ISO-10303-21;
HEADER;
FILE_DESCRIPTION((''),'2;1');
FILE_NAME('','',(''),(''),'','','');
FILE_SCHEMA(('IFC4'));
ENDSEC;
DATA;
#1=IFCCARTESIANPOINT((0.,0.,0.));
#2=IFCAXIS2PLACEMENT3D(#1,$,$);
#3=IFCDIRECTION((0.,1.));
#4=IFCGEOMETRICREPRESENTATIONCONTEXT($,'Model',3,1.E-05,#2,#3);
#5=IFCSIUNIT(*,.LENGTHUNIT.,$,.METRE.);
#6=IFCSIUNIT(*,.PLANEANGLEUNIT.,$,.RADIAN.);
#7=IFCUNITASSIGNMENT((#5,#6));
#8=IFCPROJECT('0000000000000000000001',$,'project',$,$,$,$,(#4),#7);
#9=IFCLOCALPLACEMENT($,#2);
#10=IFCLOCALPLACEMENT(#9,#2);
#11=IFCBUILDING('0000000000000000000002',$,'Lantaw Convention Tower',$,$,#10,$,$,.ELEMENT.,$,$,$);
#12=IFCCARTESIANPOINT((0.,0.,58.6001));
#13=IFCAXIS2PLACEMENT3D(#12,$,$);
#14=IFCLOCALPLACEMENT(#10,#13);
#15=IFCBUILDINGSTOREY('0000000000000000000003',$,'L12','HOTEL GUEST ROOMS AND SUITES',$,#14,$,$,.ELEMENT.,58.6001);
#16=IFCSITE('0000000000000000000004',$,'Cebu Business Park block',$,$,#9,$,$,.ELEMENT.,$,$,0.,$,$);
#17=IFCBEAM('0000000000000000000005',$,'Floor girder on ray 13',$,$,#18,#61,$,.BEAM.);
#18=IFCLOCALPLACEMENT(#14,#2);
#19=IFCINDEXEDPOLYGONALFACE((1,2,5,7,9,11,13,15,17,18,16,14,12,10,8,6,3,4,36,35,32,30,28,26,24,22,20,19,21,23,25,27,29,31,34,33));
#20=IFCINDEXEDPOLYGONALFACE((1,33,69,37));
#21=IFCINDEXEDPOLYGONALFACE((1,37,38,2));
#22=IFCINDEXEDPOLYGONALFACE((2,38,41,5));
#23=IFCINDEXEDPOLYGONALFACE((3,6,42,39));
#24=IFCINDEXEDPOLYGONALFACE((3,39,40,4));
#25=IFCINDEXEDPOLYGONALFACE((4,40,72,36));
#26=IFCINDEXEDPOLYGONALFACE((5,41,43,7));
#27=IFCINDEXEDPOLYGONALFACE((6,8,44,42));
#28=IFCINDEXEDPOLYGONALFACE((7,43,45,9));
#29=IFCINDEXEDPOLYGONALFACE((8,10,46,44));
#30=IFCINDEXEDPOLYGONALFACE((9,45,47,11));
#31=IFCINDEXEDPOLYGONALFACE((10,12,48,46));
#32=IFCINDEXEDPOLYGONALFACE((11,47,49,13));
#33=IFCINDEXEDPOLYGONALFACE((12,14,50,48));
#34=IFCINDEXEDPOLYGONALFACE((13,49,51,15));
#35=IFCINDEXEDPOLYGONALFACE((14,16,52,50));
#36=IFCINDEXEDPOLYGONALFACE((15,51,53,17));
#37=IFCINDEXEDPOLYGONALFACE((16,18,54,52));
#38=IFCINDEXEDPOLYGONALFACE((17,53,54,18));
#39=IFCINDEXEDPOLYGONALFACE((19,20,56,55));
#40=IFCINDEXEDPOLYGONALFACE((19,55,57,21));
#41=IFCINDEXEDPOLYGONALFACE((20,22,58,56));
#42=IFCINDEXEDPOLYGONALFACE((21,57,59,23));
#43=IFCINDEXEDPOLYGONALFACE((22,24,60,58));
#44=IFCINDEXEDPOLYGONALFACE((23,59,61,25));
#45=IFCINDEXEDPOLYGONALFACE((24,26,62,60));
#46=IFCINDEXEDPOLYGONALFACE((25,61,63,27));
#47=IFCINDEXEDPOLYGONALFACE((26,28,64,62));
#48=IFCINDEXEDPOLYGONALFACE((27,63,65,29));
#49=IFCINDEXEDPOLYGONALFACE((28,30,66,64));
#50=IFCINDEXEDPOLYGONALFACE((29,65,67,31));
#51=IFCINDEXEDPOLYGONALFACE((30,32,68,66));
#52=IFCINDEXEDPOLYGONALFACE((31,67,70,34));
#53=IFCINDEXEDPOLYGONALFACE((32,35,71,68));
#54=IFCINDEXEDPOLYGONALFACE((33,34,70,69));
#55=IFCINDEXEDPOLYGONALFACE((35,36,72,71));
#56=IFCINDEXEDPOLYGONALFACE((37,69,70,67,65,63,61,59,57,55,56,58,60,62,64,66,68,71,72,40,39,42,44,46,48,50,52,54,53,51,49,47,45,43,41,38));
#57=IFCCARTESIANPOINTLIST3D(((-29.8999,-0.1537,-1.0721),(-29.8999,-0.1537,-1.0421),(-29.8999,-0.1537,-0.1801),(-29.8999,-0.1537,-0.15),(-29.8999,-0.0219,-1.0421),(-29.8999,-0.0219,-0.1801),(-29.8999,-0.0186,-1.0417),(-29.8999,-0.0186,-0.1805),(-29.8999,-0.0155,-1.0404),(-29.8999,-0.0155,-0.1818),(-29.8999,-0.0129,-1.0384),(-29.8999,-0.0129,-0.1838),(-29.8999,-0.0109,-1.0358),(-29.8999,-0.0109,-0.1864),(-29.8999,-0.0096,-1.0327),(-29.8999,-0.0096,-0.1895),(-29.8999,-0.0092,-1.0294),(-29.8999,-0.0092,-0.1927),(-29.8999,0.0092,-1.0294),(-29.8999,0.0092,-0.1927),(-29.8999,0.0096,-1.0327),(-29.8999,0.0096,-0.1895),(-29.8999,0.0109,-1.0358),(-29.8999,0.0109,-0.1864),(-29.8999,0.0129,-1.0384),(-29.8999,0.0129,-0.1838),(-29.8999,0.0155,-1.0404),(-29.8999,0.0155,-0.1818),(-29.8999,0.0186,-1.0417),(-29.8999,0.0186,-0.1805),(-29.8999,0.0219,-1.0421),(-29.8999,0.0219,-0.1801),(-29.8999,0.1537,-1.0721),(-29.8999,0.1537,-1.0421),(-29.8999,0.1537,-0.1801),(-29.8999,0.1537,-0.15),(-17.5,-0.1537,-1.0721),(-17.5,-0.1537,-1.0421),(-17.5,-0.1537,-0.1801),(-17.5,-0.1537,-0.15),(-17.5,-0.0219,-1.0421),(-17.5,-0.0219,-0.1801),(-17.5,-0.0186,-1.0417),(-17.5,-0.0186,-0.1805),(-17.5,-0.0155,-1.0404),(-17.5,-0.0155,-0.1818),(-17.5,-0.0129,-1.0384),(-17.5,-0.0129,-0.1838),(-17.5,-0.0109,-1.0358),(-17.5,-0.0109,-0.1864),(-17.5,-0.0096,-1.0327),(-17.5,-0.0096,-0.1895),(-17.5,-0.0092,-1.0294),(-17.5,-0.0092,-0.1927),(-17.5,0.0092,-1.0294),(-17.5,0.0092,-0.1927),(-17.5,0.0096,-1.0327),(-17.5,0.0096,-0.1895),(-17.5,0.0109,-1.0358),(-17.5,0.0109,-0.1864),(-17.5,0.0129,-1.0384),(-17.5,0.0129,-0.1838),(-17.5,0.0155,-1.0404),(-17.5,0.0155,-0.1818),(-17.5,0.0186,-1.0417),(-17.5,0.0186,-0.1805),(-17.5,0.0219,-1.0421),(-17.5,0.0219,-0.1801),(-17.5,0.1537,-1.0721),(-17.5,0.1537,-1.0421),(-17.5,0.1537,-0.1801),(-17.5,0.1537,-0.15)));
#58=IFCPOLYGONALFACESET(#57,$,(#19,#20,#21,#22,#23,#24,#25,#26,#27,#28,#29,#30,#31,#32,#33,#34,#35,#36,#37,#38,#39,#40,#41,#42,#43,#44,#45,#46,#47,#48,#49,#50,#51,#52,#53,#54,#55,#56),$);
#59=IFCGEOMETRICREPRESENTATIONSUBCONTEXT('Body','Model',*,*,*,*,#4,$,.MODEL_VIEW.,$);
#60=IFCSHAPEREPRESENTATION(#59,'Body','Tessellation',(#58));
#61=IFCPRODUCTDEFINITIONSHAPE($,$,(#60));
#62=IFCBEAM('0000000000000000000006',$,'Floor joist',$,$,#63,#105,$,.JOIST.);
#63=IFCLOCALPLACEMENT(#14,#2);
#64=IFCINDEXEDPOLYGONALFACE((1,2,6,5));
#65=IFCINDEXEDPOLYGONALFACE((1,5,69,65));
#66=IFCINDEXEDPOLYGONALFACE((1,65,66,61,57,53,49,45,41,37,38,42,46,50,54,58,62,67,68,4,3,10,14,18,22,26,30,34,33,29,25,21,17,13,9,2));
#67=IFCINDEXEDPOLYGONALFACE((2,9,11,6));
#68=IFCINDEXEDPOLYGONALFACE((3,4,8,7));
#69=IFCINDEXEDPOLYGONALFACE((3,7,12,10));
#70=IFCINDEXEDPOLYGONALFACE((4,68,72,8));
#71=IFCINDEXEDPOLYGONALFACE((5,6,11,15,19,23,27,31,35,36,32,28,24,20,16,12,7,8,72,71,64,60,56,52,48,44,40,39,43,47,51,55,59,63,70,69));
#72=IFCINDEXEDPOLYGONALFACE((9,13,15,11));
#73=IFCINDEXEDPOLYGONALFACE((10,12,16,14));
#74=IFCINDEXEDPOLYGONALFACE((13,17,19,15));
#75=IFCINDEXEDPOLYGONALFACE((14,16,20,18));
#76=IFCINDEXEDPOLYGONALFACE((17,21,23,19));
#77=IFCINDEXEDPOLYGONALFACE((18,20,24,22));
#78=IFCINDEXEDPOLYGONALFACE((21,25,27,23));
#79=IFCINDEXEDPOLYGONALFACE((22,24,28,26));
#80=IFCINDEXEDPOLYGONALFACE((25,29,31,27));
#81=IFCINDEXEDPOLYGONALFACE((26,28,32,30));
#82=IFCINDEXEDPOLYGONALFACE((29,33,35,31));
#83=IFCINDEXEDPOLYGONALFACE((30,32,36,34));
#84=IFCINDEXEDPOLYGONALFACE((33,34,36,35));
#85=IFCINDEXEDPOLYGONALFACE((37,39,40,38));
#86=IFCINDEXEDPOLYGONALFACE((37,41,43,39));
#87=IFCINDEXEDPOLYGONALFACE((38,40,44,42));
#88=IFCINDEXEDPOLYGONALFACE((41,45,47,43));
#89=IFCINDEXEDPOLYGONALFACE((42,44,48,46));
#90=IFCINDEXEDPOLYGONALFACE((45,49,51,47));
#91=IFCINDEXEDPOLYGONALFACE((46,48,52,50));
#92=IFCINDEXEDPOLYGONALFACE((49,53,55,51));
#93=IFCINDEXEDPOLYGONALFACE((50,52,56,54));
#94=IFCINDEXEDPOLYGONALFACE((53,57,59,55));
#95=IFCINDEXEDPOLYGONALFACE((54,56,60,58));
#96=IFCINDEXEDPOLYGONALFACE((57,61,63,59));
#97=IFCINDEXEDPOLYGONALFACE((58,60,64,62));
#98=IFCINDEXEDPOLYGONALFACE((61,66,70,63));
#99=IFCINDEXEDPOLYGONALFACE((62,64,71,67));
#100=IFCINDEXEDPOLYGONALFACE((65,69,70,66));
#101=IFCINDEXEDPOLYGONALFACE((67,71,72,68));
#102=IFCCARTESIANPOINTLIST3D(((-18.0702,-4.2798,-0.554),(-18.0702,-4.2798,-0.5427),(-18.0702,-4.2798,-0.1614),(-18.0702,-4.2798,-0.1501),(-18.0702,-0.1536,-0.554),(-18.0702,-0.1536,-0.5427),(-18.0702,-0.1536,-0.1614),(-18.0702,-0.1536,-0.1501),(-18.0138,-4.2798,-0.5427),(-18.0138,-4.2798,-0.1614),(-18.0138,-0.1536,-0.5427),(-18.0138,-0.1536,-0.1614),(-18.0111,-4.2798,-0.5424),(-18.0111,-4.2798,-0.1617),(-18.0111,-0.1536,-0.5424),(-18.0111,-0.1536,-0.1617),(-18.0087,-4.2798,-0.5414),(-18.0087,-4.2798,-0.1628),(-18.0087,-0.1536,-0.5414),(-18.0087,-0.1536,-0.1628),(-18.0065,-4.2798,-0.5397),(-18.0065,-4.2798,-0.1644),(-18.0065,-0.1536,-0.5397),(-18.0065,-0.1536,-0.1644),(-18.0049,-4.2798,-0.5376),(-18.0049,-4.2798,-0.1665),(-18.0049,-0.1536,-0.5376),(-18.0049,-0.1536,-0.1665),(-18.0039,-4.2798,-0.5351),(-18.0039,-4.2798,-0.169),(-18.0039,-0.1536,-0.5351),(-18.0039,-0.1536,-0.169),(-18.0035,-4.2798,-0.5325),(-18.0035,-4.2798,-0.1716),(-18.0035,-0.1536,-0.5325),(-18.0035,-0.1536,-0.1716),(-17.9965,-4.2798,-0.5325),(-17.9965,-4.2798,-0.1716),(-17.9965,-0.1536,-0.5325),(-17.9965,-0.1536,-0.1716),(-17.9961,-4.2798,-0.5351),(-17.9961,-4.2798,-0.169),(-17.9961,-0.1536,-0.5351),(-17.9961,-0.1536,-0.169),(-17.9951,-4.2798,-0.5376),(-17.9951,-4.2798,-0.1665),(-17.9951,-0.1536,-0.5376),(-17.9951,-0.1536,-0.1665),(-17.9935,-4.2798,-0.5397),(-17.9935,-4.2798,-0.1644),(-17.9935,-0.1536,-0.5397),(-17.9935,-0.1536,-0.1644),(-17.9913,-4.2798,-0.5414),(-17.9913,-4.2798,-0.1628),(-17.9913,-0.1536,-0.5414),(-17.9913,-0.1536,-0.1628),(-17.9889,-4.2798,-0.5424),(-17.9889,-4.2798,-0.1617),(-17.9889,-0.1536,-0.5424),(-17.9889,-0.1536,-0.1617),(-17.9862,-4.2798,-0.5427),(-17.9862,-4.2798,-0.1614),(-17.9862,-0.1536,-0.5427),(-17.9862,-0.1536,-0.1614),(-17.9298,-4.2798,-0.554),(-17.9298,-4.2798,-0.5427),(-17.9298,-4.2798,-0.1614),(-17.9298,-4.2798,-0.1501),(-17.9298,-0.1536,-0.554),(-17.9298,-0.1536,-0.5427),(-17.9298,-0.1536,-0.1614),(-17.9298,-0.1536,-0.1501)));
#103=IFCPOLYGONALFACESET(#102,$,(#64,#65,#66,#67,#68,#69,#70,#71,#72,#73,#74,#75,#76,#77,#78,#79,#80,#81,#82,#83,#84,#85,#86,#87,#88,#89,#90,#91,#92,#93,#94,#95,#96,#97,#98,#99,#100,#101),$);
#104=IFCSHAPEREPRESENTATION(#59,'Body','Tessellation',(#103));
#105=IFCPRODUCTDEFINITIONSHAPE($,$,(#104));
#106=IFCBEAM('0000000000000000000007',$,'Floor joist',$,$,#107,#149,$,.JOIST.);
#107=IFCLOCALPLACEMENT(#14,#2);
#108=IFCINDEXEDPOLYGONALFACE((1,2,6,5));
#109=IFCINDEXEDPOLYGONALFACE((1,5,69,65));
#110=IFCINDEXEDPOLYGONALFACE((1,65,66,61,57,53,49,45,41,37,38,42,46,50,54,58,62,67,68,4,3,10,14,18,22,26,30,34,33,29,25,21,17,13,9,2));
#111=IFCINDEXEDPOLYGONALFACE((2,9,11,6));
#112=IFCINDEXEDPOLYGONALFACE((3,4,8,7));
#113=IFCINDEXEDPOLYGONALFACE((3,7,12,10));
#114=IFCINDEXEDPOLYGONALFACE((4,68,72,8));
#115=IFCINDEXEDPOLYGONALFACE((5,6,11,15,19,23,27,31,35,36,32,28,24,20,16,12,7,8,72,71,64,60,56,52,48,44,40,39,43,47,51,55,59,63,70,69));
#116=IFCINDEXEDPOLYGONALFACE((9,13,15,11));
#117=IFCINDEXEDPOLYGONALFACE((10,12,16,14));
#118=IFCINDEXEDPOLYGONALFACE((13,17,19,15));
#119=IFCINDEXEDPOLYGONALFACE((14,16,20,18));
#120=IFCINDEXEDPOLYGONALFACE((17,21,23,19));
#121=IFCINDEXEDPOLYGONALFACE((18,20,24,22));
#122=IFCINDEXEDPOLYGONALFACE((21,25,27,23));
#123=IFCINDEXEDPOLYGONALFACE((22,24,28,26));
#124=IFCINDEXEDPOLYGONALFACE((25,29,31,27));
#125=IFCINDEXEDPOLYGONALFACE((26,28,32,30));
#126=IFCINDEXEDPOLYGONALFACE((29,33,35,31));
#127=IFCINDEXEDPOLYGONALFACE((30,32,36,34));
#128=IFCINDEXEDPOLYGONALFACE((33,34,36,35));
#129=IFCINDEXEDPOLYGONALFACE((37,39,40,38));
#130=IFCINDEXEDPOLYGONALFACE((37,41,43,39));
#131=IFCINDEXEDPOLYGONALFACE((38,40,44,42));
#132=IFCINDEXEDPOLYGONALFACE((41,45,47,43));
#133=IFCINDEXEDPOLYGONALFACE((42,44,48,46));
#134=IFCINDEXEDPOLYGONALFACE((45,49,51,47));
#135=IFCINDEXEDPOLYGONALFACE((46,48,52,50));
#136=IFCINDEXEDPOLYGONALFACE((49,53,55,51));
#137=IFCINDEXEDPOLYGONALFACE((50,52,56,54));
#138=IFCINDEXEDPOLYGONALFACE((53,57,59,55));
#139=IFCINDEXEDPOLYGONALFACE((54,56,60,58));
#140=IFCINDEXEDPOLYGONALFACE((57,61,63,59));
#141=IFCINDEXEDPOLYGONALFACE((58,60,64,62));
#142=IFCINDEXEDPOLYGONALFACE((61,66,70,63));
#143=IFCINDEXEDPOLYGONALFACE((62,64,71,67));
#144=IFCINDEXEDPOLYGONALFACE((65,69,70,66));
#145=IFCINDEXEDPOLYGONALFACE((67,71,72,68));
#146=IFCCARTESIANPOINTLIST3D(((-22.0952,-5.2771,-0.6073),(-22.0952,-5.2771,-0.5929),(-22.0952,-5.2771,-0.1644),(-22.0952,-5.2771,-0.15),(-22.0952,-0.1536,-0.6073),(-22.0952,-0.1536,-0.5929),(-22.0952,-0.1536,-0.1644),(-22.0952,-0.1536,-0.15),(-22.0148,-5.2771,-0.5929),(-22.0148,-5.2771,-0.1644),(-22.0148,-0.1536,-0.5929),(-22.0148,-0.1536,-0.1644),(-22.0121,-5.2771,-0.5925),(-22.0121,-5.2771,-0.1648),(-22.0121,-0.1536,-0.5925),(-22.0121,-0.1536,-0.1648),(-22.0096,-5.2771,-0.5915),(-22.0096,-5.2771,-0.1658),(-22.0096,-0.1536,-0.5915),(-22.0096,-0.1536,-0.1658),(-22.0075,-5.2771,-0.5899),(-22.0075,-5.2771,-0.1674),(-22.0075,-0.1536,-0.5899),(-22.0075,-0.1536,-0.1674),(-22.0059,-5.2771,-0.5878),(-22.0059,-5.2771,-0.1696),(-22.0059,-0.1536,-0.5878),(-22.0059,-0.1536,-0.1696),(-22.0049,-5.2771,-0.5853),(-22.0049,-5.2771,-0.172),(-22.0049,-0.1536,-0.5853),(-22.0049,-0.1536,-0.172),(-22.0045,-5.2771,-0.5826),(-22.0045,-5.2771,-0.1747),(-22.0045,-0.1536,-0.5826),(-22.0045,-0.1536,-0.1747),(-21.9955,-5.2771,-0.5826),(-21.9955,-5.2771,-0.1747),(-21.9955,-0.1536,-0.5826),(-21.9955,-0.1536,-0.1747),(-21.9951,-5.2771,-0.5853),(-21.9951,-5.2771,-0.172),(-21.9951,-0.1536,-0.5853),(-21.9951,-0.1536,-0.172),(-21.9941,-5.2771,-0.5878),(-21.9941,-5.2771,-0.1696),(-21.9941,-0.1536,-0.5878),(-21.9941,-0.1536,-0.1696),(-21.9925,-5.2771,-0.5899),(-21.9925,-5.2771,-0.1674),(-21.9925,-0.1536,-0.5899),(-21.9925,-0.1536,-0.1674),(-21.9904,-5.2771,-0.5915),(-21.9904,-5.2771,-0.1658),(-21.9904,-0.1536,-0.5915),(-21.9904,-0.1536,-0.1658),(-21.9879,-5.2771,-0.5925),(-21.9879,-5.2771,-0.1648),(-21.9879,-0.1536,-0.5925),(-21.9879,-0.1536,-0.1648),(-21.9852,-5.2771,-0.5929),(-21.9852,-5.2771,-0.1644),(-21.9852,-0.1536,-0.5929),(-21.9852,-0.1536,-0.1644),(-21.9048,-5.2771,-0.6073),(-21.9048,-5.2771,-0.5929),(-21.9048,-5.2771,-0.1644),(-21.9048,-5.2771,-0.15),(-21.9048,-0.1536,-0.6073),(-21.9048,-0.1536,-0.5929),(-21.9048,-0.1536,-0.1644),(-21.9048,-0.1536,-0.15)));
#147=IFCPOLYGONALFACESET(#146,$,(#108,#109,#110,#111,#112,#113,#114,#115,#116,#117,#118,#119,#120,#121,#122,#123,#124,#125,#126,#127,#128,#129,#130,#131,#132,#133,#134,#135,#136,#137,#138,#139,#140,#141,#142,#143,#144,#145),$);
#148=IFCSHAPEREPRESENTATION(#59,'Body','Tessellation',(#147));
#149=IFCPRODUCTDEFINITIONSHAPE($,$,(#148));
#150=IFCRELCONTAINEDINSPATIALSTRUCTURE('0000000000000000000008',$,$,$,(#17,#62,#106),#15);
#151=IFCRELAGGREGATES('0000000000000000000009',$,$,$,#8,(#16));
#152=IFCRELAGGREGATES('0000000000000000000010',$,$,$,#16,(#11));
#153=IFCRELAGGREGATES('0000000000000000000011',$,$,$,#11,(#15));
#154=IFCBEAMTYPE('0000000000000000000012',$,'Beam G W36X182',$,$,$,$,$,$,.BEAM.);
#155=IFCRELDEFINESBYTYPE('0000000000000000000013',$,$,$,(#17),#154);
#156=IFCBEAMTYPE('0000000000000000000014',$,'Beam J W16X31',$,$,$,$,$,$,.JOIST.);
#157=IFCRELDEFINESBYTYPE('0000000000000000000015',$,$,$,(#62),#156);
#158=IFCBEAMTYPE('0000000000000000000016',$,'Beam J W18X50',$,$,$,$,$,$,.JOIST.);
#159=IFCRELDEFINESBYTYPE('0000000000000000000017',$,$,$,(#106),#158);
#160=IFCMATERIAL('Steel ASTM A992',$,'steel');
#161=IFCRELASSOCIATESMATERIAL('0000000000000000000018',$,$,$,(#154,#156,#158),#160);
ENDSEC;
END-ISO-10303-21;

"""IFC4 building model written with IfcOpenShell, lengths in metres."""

from ifc_helpers import new_model, si_unit, direction, frame, origin, origin_2d, place, context, subcontext, project, spatial, i_section, extrude, material, material_profile, profile_set, type_object, element, save


model = new_model("IFC4")

# Units and contexts
model_context = context("Model", 3, precision=1e-05, world=origin(), true_north=direction((0.0, 1.0)))
body_context = subcontext(model_context, "Body", "Model", "MODEL_VIEW")
ifc_project = project(units=[si_unit("LENGTHUNIT", "METRE"), si_unit("PLANEANGLEUNIT", "RADIAN")], contexts=[model_context])

# Site, building, storey
site_placement = place(None, origin())
site = spatial("IfcSite", under=ifc_project, at=site_placement, Name="Cebu Business Park block", CompositionType="ELEMENT", RefElevation=0.0)
building_placement = place(site_placement, origin())
building = spatial("IfcBuilding", under=site, at=building_placement, Name="Lantaw Convention Tower", CompositionType="ELEMENT")
storey_placement = place(building_placement, frame((0.0, 0.0, 58.6001)))
storey = spatial("IfcBuildingStorey", under=building, at=storey_placement, Name="L12", Description="HOTEL GUEST ROOMS AND SUITES", CompositionType="ELEMENT", Elevation=58.6001)

# Beams
ifc_material_1 = material(Name="Steel ASTM A992", Category="steel")
ifc_material_profile_1 = material_profile(ifc_material_1, i_section(OverallWidth=0.3074, OverallDepth=0.9221, WebThickness=0.0183, FlangeThickness=0.03, FilletRadius=0.0127, at=origin_2d()), Name="W36X182")
ifc_profile_set_1 = profile_set([ifc_material_profile_1], Name="Steel ASTM A992")
beam_type_1 = type_object("IfcBeamType", Name="Beam G W36X182", PredefinedType="BEAM", material=ifc_profile_set_1)
beam_1_placement = place(storey_placement, frame((-17.5, 0.0, -0.6111), z_axis=(-1.0, 0.0, 0.0), x_axis=(0.0, -1.0, 0.0)))
element("IfcBeam", 1, at=beam_1_placement, inside=storey, type_object=beam_type_1, Name="Floor girder on ray 13", PredefinedType="BEAM", context=body_context, shape_type="SweptSolid", body=[
    extrude(i_section(OverallWidth=0.3074, OverallDepth=0.9221, WebThickness=0.0183, FlangeThickness=0.03, FilletRadius=0.0127, at=origin_2d()), origin(), (0.0, 0.0, 1.0), 12.3999),
])
ifc_material_profile_2 = material_profile(ifc_material_1, i_section(OverallWidth=0.1404, OverallDepth=0.4038, WebThickness=0.0071, FlangeThickness=0.0112, FilletRadius=0.0103, at=origin_2d()), Name="W16X31")
ifc_profile_set_2 = profile_set([ifc_material_profile_2], Name="Steel ASTM A992")
beam_type_2 = type_object("IfcBeamType", Name="Beam J W16X31", PredefinedType="JOIST", material=ifc_profile_set_2)
beam_2_placement = place(storey_placement, frame((-18.0, -4.2798, -0.3521), z_axis=(0.0, 1.0, 0.0), x_axis=(-1.0, 0.0, 0.0)))
element("IfcBeam", 2, at=beam_2_placement, inside=storey, type_object=beam_type_2, Name="Floor joist", PredefinedType="JOIST", context=body_context, shape_type="SweptSolid", body=[
    extrude(i_section(OverallWidth=0.1404, OverallDepth=0.4038, WebThickness=0.0071, FlangeThickness=0.0112, FilletRadius=0.0103, at=origin_2d()), origin(), (0.0, 0.0, 1.0), 4.1262),
])
ifc_material_profile_3 = material_profile(ifc_material_1, i_section(OverallWidth=0.1904, OverallDepth=0.4573, WebThickness=0.009, FlangeThickness=0.0144, FilletRadius=0.0103, at=origin_2d()), Name="W18X50")
ifc_profile_set_3 = profile_set([ifc_material_profile_3], Name="Steel ASTM A992")
beam_type_3 = type_object("IfcBeamType", Name="Beam J W18X50", PredefinedType="JOIST", material=ifc_profile_set_3)
beam_3_placement = place(storey_placement, frame((-22.0, -5.2771, -0.3787), z_axis=(0.0, 1.0, 0.0), x_axis=(-1.0, 0.0, 0.0)))
element("IfcBeam", 3, at=beam_3_placement, inside=storey, type_object=beam_type_3, Name="Floor joist", PredefinedType="JOIST", context=body_context, shape_type="SweptSolid", body=[
    extrude(i_section(OverallWidth=0.1904, OverallDepth=0.4573, WebThickness=0.009, FlangeThickness=0.0144, FilletRadius=0.0103, at=origin_2d()), origin(), (0.0, 0.0, 1.0), 5.1235),
])

save(model, "model.ifc")
